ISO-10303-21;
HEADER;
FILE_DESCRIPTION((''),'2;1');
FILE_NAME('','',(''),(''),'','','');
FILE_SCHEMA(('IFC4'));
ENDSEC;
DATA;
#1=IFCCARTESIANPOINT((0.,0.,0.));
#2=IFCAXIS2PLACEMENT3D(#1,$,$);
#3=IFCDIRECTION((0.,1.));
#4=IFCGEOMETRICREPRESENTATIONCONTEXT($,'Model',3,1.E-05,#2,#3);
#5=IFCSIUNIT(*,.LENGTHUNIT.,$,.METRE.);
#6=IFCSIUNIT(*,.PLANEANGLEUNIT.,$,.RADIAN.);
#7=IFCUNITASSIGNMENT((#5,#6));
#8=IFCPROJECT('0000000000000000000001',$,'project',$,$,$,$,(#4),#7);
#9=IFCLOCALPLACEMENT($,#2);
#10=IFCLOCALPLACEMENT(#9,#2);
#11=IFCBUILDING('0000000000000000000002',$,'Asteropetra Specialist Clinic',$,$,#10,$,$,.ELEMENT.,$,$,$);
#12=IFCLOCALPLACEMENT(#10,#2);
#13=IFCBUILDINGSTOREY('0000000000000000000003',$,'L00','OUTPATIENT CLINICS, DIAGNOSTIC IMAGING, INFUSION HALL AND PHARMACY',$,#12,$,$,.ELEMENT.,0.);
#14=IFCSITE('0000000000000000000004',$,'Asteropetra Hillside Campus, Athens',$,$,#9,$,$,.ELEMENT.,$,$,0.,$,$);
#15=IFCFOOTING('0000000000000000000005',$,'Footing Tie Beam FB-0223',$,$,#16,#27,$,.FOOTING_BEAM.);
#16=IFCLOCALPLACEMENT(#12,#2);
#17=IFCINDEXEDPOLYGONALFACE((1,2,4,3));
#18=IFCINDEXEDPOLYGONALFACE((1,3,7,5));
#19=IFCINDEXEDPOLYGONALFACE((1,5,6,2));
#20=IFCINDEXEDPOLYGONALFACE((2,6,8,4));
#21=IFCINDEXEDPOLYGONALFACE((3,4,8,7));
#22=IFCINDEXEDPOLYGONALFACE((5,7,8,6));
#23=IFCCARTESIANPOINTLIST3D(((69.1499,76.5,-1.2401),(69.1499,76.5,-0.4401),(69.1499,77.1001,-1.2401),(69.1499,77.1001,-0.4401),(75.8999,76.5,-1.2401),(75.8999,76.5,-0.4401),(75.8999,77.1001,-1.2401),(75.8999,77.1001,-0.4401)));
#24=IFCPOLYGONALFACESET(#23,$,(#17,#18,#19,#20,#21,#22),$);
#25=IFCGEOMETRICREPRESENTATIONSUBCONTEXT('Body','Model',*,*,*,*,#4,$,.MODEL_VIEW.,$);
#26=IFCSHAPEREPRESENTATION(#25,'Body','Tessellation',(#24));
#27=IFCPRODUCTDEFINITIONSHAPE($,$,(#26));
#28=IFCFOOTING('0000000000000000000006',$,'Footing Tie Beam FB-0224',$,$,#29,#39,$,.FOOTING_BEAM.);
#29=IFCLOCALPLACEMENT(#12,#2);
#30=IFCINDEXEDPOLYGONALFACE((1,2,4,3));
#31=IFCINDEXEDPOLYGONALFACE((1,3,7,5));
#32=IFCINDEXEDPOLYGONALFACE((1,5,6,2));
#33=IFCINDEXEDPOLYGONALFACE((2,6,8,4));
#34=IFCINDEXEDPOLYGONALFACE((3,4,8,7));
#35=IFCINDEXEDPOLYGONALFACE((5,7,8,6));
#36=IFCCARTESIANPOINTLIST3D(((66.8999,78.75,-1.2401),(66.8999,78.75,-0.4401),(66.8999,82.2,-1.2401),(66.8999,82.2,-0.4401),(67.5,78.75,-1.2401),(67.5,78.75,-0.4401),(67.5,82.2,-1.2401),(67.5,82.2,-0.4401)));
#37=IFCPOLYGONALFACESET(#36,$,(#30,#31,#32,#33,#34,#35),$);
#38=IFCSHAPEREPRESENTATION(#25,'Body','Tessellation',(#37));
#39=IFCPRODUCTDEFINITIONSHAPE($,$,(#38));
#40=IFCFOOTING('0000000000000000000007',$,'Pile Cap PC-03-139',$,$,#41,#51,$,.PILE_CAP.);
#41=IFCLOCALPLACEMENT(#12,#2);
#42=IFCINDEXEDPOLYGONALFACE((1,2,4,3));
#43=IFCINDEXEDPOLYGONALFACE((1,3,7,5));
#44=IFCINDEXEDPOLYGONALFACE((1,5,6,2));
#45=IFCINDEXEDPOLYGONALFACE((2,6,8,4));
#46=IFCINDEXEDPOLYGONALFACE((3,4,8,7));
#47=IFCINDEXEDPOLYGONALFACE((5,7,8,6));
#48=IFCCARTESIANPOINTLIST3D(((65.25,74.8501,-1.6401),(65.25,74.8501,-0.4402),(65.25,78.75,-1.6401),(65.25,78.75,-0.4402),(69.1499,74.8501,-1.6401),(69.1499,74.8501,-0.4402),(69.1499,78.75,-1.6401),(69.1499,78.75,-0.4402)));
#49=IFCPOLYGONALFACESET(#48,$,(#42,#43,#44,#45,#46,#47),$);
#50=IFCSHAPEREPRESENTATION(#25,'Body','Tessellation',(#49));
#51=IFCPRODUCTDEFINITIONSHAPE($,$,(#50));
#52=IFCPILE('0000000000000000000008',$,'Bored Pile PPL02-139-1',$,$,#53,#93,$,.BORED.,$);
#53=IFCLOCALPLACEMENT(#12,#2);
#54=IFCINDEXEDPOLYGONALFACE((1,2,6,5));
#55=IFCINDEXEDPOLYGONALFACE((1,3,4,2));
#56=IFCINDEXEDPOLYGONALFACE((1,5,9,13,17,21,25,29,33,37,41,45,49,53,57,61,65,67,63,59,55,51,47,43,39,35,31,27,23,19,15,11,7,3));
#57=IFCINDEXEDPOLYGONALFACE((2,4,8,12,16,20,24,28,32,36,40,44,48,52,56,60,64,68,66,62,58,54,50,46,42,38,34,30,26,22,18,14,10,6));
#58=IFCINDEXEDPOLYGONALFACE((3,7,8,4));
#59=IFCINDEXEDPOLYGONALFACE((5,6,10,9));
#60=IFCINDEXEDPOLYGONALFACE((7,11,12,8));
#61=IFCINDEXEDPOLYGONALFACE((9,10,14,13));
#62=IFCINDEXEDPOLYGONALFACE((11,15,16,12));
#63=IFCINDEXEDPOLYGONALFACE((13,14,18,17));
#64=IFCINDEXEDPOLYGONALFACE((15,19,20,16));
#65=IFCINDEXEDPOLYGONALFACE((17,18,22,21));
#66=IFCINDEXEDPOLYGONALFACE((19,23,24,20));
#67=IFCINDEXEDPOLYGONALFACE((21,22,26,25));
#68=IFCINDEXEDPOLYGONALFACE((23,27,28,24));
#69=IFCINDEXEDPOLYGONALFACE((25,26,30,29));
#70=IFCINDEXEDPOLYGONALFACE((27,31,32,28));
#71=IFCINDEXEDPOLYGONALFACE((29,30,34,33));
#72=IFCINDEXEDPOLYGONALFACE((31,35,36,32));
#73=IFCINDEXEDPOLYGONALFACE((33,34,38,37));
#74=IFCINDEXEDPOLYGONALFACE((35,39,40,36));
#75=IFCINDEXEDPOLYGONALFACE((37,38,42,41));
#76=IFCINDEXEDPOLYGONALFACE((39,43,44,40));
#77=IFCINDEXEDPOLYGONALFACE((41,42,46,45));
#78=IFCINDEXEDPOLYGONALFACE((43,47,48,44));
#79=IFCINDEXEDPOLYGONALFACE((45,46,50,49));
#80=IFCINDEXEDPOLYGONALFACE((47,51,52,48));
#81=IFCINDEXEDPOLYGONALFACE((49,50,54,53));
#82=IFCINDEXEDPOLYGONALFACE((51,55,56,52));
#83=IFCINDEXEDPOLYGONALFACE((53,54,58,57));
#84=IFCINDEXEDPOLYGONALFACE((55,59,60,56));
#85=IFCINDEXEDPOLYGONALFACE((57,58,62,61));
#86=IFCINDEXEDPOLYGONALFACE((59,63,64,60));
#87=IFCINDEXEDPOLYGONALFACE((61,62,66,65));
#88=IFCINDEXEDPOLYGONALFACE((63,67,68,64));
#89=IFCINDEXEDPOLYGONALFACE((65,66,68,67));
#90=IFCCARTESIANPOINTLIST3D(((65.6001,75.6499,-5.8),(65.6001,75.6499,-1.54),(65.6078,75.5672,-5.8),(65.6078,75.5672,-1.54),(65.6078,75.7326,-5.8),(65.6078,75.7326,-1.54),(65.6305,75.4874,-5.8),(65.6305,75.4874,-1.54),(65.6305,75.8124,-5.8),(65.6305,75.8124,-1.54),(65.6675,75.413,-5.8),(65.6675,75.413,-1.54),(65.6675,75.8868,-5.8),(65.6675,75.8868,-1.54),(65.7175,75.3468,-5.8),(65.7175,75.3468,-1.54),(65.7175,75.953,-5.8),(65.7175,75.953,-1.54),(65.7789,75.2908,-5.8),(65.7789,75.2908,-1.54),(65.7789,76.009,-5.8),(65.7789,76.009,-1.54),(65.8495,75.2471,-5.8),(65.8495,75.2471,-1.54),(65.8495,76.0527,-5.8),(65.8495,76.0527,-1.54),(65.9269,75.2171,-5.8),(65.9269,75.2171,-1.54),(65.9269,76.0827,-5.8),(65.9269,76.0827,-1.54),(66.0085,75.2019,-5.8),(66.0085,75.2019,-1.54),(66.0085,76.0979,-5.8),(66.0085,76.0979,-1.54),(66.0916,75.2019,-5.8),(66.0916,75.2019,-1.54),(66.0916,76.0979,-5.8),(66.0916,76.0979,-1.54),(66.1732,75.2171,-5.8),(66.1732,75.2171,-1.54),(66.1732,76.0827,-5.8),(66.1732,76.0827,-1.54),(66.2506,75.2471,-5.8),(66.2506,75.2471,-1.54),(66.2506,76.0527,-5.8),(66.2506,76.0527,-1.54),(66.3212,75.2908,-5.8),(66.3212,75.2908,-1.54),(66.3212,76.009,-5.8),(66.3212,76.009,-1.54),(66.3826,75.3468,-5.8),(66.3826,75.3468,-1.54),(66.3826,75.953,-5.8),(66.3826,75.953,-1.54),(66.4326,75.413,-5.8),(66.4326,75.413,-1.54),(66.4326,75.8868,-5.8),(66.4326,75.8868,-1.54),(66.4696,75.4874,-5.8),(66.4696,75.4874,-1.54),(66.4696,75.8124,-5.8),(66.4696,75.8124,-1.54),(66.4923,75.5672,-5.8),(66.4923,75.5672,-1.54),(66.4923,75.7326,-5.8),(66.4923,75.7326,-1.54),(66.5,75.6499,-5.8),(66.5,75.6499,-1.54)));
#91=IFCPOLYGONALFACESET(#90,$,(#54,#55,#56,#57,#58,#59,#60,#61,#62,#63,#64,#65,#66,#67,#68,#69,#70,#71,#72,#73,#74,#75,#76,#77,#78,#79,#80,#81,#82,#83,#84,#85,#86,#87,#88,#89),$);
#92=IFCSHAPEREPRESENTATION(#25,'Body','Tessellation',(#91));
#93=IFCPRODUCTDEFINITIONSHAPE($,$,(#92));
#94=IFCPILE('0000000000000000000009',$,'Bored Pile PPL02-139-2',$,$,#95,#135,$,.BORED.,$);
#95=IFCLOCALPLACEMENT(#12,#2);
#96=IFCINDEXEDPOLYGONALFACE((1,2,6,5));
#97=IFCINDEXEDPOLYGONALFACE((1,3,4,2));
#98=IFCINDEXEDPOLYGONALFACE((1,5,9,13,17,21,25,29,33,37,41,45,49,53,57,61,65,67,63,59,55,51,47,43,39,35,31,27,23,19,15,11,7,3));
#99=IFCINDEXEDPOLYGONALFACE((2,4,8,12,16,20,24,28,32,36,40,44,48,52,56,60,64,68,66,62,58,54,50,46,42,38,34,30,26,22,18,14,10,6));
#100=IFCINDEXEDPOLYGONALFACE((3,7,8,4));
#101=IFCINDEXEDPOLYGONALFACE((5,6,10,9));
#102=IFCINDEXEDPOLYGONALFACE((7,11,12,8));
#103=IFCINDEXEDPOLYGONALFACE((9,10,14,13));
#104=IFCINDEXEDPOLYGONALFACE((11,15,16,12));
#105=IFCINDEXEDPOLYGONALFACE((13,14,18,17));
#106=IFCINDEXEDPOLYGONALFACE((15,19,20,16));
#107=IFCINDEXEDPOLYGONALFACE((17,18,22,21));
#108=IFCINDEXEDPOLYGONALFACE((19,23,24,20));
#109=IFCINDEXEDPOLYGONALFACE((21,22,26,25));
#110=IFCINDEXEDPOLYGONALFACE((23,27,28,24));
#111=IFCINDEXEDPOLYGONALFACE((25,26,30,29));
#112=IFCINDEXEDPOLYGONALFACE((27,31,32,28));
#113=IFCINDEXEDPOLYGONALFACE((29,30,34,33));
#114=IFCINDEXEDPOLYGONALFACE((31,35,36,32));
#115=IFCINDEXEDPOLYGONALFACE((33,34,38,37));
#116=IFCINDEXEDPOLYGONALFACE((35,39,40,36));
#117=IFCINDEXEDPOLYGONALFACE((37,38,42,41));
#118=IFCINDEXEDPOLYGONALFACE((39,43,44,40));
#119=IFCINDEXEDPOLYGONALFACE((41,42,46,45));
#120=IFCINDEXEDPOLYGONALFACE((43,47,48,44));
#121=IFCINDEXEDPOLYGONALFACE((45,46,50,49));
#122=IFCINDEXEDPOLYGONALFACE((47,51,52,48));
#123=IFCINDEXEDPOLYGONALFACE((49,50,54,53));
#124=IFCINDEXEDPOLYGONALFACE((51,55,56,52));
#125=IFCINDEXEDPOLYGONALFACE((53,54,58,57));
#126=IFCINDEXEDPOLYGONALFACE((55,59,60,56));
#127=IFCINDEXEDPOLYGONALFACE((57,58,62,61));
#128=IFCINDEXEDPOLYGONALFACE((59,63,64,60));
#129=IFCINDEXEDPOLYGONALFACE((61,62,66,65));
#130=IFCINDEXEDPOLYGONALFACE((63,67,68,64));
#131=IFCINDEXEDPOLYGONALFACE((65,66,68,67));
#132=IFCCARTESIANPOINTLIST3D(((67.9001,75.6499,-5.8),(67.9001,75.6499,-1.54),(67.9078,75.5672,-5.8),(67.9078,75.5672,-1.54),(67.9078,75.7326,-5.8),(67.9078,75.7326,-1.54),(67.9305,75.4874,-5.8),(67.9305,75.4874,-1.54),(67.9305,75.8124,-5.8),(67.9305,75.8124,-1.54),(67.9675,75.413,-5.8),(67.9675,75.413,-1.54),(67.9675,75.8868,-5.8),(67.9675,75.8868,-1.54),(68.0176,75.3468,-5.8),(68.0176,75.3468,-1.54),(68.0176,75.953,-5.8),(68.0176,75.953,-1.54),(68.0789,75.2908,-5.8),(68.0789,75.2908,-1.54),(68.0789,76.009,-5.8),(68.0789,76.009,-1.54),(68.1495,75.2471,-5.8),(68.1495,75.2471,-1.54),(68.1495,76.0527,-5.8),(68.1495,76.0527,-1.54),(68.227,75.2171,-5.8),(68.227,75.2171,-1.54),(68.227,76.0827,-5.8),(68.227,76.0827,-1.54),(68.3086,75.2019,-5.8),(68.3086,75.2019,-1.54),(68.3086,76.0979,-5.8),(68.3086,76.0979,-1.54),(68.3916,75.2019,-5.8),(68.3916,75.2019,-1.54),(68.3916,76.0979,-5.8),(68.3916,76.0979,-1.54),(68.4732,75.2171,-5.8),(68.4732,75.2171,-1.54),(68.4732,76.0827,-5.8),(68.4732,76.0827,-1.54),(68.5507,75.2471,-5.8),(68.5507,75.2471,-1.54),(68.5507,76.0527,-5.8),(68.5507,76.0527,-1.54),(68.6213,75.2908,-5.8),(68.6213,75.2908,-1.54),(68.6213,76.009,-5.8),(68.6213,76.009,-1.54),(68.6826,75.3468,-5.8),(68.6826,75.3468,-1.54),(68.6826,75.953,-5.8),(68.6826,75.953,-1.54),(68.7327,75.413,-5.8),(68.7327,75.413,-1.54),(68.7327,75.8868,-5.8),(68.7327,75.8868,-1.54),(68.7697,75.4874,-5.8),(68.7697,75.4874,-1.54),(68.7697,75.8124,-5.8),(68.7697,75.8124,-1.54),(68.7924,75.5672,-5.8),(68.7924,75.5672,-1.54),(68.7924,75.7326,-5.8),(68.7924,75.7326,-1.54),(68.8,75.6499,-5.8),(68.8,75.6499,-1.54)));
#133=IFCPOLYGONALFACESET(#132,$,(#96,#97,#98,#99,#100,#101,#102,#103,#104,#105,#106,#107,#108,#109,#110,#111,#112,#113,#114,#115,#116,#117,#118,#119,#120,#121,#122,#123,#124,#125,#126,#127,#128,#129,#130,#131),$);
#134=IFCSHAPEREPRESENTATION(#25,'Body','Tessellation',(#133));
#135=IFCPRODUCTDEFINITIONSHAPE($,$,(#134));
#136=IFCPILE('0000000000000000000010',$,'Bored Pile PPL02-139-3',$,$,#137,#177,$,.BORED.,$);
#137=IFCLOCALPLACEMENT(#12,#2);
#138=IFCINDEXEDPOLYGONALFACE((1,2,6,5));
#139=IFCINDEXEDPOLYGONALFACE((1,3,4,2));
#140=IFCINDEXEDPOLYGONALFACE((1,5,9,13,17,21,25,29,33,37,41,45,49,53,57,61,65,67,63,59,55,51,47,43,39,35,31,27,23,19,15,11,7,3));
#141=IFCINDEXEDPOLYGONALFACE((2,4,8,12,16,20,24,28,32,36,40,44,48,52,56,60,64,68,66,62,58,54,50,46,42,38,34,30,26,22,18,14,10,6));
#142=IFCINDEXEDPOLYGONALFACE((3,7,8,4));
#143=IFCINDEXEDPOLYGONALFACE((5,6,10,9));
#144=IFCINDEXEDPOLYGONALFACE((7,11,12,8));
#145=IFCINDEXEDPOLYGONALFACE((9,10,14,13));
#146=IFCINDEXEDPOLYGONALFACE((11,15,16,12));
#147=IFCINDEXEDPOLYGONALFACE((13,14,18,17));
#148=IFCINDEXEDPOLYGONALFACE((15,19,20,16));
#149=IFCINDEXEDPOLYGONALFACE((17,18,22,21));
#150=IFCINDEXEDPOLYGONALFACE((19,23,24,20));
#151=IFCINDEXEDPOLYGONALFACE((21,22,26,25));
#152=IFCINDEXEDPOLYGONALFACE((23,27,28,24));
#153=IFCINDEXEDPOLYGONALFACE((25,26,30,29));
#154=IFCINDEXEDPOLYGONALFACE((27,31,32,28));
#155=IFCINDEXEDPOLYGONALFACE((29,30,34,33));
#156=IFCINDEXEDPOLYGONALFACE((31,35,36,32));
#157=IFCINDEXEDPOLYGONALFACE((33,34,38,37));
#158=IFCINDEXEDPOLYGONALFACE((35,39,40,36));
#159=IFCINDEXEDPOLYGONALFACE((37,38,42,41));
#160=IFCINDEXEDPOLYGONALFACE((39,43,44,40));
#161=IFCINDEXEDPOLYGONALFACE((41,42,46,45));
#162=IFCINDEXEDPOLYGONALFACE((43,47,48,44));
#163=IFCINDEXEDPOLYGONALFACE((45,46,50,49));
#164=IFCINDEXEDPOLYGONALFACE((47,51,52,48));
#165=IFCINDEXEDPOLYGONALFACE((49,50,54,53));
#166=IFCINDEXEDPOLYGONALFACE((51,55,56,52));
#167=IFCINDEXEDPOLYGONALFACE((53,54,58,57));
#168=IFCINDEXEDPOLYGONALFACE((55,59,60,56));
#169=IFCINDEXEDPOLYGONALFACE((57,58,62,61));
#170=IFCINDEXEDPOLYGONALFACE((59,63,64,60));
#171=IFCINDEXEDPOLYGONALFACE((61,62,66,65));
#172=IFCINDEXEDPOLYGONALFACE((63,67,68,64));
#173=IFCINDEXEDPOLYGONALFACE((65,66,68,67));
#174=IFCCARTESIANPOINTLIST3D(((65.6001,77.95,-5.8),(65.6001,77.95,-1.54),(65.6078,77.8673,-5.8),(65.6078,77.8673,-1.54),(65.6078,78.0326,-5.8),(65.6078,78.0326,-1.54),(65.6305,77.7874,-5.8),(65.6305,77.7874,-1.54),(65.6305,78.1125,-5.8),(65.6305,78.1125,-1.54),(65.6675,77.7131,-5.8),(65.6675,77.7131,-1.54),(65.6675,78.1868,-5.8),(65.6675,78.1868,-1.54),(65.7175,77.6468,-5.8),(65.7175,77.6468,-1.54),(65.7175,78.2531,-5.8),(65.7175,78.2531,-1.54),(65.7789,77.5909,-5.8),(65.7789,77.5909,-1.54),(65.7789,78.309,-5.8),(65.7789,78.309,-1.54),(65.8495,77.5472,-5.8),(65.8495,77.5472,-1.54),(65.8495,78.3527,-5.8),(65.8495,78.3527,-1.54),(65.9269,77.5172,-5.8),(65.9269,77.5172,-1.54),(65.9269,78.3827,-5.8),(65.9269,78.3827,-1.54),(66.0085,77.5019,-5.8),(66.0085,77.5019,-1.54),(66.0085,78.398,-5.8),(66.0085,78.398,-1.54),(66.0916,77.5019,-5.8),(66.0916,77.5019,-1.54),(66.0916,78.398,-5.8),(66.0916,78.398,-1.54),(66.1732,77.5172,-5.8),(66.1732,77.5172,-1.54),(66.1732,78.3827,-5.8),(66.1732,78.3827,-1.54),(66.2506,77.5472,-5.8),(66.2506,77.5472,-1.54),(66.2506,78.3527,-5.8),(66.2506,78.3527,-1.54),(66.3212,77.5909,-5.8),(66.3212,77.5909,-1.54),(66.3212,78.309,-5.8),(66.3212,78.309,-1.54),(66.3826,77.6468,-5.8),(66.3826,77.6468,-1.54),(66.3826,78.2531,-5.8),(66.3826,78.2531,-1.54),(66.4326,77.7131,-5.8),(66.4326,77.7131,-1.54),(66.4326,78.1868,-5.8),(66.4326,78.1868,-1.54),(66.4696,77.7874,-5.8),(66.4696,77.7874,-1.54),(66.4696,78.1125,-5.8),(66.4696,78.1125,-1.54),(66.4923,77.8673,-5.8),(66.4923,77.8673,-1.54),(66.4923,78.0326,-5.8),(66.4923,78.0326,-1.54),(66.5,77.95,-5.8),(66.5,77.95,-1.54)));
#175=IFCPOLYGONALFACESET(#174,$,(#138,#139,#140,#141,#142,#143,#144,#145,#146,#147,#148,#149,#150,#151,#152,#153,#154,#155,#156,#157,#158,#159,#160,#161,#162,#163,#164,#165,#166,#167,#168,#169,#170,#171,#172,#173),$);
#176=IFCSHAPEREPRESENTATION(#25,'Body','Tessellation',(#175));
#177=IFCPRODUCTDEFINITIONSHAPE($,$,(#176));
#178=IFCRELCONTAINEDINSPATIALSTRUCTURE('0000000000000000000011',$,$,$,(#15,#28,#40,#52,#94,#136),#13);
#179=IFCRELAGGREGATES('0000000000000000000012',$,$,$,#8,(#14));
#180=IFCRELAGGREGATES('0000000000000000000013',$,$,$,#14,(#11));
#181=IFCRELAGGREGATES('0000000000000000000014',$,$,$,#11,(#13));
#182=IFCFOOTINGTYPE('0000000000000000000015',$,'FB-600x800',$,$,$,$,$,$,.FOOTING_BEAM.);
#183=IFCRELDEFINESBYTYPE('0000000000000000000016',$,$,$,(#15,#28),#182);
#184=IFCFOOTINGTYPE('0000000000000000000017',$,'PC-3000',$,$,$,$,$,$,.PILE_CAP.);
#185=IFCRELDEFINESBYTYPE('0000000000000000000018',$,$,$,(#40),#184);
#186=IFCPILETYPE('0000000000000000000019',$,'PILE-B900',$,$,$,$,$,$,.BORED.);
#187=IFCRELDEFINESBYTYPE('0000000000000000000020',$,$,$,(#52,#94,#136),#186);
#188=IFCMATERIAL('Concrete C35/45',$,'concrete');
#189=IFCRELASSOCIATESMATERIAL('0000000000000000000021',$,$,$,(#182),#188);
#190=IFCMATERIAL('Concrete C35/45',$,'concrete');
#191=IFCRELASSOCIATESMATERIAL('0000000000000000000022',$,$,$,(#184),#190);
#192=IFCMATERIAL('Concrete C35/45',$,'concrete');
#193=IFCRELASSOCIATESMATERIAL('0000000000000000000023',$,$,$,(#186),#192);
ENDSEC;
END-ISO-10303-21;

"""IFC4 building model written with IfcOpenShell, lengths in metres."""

from ifc_helpers import new_model, si_unit, direction, frame, origin, origin_2d, place, context, subcontext, project, spatial, rectangle, circle, extrude, material, material_profile, profile_set, type_object, element, save


model = new_model("IFC4")

# Units and contexts
model_context = context("Model", 3, precision=1e-05, world=origin(), true_north=direction((0.0, 1.0)))
body_context = subcontext(model_context, "Body", "Model", "MODEL_VIEW")
ifc_project = project(units=[si_unit("LENGTHUNIT", "METRE"), si_unit("PLANEANGLEUNIT", "RADIAN")], contexts=[model_context])

# Site, building, storey
site_placement = place(None, origin())
site = spatial("IfcSite", under=ifc_project, at=site_placement, Name="Asteropetra Hillside Campus, Athens", CompositionType="ELEMENT", RefElevation=0.0)
building_placement = place(site_placement, origin())
building = spatial("IfcBuilding", under=site, at=building_placement, Name="Asteropetra Specialist Clinic", CompositionType="ELEMENT")
storey_placement = place(building_placement, origin())
storey = spatial("IfcBuildingStorey", under=building, at=storey_placement, Name="L00", Description="OUTPATIENT CLINICS, DIAGNOSTIC IMAGING, INFUSION HALL AND PHARMACY", CompositionType="ELEMENT", Elevation=0.0)

# Footings
ifc_material_1 = material(Name="Concrete C35/45", Category="concrete")
ifc_material_profile_1 = material_profile(ifc_material_1, rectangle(XDim=0.6001, YDim=0.8, at=origin_2d()), Name="FB 600x800")
ifc_profile_set_1 = profile_set([ifc_material_profile_1], Name="Concrete C35/45")
footing_type_1 = type_object("IfcFootingType", Name="FB-600x800", PredefinedType="FOOTING_BEAM", material=ifc_profile_set_1)
footing_1_placement = place(storey_placement, frame((69.1499, 76.8, -0.8401), z_axis=(1.0, 0.0, 0.0), x_axis=(0.0, 1.0, 0.0)))
element("IfcFooting", 1, at=footing_1_placement, inside=storey, type_object=footing_type_1, Name="Footing Tie Beam FB-0223", PredefinedType="FOOTING_BEAM", context=body_context, shape_type="SweptSolid", body=[
    extrude(rectangle(XDim=0.6001, YDim=0.8, at=origin_2d()), origin(), (0.0, 0.0, 1.0), 6.75),
])
footing_2_placement = place(storey_placement, frame((67.2, 78.75, -0.8401), z_axis=(0.0, 1.0, 0.0), x_axis=(-1.0, 0.0, 0.0)))
element("IfcFooting", 2, at=footing_2_placement, inside=storey, type_object=footing_type_1, Name="Footing Tie Beam FB-0224", PredefinedType="FOOTING_BEAM", context=body_context, shape_type="SweptSolid", body=[
    extrude(rectangle(XDim=0.6001, YDim=0.8, at=origin_2d()), origin(), (0.0, 0.0, 1.0), 3.45),
])
ifc_material_2 = material(Name="Concrete C35/45", Category="concrete")
footing_type_2 = type_object("IfcFootingType", Name="PC-3000", PredefinedType="PILE_CAP", material=ifc_material_2)
footing_3_placement = place(storey_placement, frame((67.2, 76.8, -1.6401), z_axis=(0.0, 0.0, 1.0), x_axis=(1.0, 0.0, 0.0)))
element("IfcFooting", 3, at=footing_3_placement, inside=storey, type_object=footing_type_2, Name="Pile Cap PC-03-139", PredefinedType="PILE_CAP", context=body_context, shape_type="SweptSolid", body=[
    extrude(rectangle(XDim=3.8999, YDim=3.8999, at=origin_2d()), origin(), (0.0, 0.0, 1.0), 1.2),
])

# Piles
ifc_material_3 = material(Name="Concrete C35/45", Category="concrete")
ifc_material_profile_2 = material_profile(ifc_material_3, circle(Radius=0.45, at=origin_2d()), Name="PILE D900")
ifc_profile_set_2 = profile_set([ifc_material_profile_2], Name="Concrete C35/45")
pile_type = type_object("IfcPileType", Name="PILE-B900", PredefinedType="BORED", material=ifc_profile_set_2)
for number, where, z_axis, x_axis, name in (
    (4, (66.05, 75.6499, -1.54), (0.0, 0.0, -1.0), (1.0, 0.0, 0.0), "Bored Pile PPL02-139-1"),
    (5, (68.3501, 75.6499, -1.54), (0.0, 0.0, -1.0), (1.0, 0.0, 0.0), "Bored Pile PPL02-139-2"),
    (6, (66.05, 77.95, -1.54), (0.0, 0.0, -1.0), (1.0, 0.0, 0.0), "Bored Pile PPL02-139-3"),
):
    element("IfcPile", number, at=place(storey_placement, frame(where, z_axis=z_axis, x_axis=x_axis)), inside=storey, type_object=pile_type, Name=name, PredefinedType="BORED", context=body_context, shape_type="SweptSolid", body=[
        extrude(circle(Radius=0.45, at=origin_2d()), origin(), (0.0, 0.0, 1.0), 4.26),
    ])

save(model, "model.ifc")
